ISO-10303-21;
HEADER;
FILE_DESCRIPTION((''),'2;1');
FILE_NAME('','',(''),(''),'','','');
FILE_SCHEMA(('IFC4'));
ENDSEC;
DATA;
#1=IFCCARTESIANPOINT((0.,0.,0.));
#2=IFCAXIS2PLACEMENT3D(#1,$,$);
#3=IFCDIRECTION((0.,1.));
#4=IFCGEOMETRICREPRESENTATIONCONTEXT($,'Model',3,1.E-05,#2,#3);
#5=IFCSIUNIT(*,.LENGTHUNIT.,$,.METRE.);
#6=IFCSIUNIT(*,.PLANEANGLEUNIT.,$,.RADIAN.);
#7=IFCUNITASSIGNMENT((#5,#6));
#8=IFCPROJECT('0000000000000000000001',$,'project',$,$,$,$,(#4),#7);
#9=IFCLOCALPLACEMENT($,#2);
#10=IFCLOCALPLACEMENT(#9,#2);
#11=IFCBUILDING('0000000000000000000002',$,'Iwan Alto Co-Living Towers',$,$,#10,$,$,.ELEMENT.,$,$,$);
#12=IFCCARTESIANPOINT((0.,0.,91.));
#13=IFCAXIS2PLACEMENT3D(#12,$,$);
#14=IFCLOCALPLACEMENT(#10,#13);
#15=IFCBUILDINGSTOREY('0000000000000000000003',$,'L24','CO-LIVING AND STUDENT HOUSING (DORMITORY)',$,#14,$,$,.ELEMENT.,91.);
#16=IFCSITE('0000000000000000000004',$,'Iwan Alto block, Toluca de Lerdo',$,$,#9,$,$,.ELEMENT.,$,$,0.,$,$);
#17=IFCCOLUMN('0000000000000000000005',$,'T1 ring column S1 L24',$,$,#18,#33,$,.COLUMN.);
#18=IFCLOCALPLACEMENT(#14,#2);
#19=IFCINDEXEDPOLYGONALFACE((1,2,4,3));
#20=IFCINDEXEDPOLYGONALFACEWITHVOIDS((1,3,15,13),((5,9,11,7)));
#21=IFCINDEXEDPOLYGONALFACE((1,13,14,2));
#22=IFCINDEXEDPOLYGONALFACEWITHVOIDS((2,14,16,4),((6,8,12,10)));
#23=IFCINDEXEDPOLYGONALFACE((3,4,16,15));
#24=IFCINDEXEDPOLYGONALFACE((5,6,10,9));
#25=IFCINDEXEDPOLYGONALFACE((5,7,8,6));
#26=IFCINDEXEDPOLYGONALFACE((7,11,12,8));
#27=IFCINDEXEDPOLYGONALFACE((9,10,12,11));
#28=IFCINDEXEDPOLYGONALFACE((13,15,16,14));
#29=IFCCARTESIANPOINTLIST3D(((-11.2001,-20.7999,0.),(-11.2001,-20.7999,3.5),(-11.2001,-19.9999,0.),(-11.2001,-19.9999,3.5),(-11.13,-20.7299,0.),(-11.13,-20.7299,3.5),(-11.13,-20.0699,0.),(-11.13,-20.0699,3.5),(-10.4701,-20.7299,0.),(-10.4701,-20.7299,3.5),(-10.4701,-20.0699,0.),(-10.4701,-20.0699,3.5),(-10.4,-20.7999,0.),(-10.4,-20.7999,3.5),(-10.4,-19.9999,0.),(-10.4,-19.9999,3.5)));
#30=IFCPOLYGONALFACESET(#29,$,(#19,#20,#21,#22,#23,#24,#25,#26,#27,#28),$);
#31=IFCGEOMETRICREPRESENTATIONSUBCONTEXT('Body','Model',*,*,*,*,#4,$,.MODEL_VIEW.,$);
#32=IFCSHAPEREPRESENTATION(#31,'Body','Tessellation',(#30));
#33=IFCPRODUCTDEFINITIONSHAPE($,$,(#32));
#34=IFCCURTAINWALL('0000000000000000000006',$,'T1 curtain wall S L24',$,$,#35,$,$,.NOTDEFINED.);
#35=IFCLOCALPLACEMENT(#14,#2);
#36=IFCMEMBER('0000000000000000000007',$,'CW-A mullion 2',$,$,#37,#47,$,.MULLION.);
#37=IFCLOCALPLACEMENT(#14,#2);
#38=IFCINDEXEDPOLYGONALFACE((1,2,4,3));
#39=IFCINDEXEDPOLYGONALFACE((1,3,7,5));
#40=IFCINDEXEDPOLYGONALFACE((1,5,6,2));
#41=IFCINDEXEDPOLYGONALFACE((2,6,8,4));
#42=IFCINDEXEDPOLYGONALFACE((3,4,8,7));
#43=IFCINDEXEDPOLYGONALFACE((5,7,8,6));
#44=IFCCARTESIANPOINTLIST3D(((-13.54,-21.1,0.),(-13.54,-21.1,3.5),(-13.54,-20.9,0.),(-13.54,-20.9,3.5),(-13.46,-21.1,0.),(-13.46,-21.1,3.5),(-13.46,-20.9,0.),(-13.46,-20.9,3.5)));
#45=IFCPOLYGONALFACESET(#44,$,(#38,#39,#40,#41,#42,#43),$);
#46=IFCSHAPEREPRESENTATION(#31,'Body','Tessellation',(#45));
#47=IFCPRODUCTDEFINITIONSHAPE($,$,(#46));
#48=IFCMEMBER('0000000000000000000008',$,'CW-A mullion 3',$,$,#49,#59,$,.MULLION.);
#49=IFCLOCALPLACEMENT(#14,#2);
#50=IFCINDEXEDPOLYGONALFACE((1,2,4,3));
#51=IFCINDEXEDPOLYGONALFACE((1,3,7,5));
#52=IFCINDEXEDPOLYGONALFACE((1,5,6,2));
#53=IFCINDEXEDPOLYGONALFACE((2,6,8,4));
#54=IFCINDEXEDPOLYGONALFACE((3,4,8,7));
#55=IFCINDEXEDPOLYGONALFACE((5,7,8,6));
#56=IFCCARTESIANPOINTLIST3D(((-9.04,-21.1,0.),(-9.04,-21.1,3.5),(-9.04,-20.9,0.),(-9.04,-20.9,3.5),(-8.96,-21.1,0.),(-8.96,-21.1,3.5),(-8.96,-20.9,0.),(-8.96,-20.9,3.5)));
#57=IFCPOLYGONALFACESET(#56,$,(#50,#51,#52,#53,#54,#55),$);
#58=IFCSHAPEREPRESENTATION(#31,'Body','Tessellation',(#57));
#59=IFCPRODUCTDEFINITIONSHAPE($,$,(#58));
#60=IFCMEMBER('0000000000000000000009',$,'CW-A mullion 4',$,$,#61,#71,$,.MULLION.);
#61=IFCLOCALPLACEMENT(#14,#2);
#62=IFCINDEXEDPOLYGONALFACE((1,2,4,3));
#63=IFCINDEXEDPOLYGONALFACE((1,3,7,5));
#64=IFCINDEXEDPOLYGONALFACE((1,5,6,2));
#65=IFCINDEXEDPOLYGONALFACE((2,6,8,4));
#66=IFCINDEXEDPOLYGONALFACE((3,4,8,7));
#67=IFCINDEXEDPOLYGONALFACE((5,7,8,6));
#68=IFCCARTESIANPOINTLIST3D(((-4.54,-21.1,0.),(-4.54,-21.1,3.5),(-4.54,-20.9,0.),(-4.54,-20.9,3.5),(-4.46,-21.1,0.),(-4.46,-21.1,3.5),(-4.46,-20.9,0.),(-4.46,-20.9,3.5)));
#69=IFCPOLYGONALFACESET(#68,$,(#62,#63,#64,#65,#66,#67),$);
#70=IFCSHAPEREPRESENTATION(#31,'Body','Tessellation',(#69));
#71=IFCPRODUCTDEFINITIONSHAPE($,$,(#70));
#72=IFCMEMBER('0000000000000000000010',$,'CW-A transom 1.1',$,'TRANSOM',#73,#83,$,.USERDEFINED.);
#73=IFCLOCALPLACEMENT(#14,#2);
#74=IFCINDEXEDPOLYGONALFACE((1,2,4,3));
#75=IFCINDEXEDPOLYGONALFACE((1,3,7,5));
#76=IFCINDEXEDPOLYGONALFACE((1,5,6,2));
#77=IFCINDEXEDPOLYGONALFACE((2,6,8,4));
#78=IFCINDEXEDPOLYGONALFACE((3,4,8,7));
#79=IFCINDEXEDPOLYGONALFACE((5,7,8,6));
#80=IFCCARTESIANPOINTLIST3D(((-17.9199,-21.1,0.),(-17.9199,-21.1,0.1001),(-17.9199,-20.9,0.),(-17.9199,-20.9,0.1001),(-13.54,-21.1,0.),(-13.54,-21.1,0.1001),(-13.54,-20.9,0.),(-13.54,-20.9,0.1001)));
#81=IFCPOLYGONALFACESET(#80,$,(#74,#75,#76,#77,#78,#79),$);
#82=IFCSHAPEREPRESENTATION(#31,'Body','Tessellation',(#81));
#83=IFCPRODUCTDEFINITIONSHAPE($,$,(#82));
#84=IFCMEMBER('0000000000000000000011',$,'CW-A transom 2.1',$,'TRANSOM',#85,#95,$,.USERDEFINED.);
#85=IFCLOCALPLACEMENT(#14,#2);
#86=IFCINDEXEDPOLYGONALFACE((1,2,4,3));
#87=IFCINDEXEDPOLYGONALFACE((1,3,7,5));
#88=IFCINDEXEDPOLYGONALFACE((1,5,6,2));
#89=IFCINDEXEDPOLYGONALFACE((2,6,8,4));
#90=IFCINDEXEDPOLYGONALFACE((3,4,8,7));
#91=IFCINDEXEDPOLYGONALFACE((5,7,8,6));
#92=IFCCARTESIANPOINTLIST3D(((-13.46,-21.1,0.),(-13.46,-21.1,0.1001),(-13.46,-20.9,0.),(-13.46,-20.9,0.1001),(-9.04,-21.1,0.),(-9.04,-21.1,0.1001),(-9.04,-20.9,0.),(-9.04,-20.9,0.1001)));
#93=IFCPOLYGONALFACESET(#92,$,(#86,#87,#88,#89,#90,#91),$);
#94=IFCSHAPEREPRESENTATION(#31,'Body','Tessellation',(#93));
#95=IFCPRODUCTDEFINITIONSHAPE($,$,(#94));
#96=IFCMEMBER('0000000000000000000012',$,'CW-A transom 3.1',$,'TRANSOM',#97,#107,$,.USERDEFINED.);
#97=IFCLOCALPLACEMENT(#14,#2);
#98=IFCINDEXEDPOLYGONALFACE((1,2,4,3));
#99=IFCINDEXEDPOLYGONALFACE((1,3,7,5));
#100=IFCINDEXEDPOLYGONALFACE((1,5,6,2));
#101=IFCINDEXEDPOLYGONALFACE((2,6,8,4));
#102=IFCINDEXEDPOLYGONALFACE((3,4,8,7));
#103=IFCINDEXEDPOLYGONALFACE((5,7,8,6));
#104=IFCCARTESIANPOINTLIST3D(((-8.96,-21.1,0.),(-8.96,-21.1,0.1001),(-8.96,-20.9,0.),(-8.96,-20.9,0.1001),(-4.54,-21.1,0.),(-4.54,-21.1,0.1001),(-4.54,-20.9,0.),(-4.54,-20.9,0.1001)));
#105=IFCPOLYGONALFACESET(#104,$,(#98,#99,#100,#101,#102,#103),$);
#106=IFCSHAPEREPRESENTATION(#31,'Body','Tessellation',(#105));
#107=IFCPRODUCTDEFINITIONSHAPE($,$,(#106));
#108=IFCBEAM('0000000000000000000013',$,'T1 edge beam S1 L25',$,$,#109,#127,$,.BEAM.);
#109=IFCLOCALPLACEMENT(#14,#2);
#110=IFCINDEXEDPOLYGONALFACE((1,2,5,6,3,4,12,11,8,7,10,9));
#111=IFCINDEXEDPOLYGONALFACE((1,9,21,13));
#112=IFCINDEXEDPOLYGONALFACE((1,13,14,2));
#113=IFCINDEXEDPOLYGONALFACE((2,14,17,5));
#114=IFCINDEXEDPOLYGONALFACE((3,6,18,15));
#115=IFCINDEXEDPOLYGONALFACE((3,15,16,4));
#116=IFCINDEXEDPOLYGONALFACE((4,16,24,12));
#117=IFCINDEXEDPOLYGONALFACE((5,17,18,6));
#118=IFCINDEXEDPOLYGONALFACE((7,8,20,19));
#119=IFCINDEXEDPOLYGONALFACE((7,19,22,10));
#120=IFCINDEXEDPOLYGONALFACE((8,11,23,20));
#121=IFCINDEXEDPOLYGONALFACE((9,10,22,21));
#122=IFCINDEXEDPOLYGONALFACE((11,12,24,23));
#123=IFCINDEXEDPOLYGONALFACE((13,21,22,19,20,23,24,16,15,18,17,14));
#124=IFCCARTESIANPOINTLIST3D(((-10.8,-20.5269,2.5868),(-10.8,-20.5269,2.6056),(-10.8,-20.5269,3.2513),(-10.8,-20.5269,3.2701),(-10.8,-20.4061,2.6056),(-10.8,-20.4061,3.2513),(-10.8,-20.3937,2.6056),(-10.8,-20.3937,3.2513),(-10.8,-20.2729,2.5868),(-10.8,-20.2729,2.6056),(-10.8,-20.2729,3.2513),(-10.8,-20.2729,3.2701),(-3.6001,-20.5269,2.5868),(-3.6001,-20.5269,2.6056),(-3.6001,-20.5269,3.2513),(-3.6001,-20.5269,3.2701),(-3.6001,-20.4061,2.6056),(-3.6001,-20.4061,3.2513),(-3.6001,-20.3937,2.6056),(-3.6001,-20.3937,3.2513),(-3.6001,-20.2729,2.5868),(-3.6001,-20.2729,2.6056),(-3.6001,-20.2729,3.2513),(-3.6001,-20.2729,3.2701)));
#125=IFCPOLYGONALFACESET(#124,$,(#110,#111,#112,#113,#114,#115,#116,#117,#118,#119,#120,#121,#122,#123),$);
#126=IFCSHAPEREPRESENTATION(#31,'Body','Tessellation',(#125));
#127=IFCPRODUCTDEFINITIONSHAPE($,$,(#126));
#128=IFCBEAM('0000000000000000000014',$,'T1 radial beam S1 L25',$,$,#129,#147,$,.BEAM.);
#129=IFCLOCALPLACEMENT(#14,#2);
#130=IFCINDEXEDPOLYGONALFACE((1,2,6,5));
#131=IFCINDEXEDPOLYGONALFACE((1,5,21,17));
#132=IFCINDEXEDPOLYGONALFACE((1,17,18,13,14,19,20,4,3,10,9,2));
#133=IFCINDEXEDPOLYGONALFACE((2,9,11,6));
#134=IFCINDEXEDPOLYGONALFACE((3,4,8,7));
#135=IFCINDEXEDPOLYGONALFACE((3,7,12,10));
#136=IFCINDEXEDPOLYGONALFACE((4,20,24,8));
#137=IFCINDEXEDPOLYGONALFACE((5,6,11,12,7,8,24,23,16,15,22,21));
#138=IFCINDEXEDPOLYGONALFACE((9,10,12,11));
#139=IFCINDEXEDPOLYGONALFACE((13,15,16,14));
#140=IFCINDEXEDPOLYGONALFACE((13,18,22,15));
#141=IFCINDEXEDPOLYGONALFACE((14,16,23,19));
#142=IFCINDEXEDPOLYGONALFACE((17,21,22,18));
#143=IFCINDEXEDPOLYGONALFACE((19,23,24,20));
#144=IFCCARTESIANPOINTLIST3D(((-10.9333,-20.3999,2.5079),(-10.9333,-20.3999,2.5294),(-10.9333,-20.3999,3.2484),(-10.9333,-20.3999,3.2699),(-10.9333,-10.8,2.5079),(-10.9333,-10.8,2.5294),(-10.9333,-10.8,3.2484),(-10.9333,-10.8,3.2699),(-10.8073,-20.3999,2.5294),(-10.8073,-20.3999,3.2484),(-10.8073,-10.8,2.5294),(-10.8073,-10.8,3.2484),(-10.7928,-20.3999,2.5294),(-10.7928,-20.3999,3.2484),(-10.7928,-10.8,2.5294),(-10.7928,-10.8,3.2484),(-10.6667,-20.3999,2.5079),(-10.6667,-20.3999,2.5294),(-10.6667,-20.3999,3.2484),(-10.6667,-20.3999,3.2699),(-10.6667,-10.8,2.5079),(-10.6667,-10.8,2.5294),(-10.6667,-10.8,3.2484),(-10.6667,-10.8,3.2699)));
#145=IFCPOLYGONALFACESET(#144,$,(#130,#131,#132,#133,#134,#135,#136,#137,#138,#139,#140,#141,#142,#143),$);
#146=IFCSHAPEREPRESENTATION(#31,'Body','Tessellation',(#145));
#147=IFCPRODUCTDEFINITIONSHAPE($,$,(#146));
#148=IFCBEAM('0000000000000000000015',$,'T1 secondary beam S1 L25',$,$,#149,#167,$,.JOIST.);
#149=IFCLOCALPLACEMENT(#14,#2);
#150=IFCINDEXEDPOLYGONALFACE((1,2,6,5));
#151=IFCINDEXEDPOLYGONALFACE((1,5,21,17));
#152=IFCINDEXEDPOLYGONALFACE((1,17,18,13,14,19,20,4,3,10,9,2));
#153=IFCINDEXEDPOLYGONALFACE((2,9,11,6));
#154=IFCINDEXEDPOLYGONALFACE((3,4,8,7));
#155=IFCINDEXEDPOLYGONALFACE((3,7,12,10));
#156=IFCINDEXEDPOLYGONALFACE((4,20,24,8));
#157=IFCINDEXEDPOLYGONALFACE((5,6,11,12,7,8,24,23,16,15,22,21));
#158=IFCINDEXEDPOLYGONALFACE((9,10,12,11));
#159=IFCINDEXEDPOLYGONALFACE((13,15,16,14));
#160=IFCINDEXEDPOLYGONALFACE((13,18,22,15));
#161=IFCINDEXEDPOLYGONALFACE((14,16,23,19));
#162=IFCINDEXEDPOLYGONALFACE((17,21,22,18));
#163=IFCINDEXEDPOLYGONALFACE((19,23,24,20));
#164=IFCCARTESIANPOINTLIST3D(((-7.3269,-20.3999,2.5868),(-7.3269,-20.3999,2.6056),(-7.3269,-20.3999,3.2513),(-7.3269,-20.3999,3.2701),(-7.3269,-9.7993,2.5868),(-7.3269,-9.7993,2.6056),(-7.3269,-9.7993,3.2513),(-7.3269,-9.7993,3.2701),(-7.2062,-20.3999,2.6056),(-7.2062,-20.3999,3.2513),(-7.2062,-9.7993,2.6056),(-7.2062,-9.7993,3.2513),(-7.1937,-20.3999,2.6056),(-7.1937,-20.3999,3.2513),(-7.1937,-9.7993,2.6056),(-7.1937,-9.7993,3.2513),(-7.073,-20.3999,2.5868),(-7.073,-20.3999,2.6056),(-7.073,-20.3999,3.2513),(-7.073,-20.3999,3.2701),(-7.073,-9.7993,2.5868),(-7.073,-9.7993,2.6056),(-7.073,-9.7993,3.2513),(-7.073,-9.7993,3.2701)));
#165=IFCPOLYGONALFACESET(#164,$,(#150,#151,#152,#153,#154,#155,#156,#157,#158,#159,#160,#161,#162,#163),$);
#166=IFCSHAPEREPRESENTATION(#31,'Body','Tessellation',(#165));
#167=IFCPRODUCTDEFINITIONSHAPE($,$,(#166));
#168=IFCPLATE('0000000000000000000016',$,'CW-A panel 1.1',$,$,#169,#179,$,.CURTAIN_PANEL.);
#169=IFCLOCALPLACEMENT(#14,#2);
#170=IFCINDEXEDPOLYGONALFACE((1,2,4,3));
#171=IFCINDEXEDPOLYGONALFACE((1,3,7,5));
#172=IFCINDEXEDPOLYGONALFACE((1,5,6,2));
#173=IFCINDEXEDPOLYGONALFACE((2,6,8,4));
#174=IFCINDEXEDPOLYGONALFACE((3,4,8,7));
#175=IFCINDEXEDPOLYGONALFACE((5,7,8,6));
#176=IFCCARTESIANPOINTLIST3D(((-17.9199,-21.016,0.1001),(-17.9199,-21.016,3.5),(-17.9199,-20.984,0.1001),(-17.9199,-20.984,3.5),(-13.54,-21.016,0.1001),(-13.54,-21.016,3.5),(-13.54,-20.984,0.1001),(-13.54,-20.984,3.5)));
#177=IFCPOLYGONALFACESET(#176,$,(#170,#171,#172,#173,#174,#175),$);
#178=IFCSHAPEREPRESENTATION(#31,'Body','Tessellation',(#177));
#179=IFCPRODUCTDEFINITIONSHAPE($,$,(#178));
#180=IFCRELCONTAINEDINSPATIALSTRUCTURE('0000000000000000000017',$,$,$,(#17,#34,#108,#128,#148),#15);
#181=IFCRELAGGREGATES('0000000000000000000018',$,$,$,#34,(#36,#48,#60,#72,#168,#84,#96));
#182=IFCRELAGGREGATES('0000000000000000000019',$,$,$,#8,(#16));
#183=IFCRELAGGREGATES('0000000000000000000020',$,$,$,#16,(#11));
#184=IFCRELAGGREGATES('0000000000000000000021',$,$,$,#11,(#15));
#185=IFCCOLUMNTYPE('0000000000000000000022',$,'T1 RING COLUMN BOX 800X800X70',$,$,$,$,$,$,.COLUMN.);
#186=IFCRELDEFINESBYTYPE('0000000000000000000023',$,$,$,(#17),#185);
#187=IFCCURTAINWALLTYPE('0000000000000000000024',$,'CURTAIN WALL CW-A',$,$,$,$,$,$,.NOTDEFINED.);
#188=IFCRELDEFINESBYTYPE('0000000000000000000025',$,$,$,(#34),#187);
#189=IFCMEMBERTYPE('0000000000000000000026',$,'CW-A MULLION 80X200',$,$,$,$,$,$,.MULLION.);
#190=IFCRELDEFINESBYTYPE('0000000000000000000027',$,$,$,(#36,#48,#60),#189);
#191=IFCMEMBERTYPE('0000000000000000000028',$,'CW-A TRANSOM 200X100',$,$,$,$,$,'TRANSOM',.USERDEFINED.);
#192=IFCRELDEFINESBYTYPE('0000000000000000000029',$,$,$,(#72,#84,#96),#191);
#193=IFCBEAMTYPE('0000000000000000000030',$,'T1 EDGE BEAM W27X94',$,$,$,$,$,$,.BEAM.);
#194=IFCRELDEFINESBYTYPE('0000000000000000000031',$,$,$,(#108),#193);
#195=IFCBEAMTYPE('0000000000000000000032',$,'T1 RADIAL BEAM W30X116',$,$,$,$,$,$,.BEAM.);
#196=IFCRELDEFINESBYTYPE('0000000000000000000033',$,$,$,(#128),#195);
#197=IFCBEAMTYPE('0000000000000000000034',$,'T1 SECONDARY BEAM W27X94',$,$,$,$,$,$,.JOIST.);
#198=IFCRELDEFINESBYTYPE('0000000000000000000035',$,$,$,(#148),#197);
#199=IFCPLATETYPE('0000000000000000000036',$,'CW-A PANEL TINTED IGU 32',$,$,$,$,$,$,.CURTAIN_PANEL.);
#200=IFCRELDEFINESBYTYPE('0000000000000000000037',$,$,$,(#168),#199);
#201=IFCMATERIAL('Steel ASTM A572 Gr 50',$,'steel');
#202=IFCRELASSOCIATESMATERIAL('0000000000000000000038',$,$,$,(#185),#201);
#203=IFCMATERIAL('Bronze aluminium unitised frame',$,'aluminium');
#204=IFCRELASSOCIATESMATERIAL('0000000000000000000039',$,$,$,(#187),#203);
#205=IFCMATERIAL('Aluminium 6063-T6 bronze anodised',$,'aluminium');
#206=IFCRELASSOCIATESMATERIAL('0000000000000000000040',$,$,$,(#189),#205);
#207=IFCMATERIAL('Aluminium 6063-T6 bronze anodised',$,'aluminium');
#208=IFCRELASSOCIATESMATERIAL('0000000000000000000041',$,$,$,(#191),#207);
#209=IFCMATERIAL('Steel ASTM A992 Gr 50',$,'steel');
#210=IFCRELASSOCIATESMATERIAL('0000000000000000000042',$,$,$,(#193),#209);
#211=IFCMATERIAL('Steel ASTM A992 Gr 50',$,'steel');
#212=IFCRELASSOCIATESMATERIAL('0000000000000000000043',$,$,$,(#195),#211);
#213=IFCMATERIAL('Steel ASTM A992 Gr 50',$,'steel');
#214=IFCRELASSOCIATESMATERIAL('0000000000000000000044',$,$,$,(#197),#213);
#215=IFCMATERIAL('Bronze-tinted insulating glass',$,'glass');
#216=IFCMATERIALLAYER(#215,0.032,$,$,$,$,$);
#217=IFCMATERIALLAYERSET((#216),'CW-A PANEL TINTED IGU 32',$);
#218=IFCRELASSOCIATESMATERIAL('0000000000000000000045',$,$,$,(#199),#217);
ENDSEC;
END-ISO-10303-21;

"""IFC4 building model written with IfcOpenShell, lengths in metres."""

from ifc_helpers import new_model, si_unit, direction, frame, origin, origin_2d, place, context, subcontext, project, spatial, rectangle, hollow_rectangle, i_section, extrude, material, layer, layer_set, material_profile, profile_set, type_object, element, aggregate, save


model = new_model("IFC4")

# Units and contexts
model_context = context("Model", 3, precision=1e-05, world=origin(), true_north=direction((0.0, 1.0)))
body_context = subcontext(model_context, "Body", "Model", "MODEL_VIEW")
ifc_project = project(units=[si_unit("LENGTHUNIT", "METRE"), si_unit("PLANEANGLEUNIT", "RADIAN")], contexts=[model_context])

# Site, building, storey
site_placement = place(None, origin())
site = spatial("IfcSite", under=ifc_project, at=site_placement, Name="Iwan Alto block, Toluca de Lerdo", CompositionType="ELEMENT", RefElevation=0.0)
building_placement = place(site_placement, origin())
building = spatial("IfcBuilding", under=site, at=building_placement, Name="Iwan Alto Co-Living Towers", CompositionType="ELEMENT")
storey_placement = place(building_placement, frame((0.0, 0.0, 91.0)))
storey = spatial("IfcBuildingStorey", under=building, at=storey_placement, Name="L24", Description="CO-LIVING AND STUDENT HOUSING (DORMITORY)", CompositionType="ELEMENT", Elevation=91.0)

# Column
ifc_material_1 = material(Name="Steel ASTM A572 Gr 50", Category="steel")
ifc_material_profile_1 = material_profile(ifc_material_1, hollow_rectangle(XDim=0.8, YDim=0.8, WallThickness=0.0701, at=origin_2d()), Name="BOX 800X800X70")
ifc_profile_set_1 = profile_set([ifc_material_profile_1], Name="Steel ASTM A572 Gr 50")
column_type = type_object("IfcColumnType", Name="T1 RING COLUMN BOX 800X800X70", PredefinedType="COLUMN", material=ifc_profile_set_1)
column_placement = place(storey_placement, frame((-10.8, -20.3999, 0.0), z_axis=(0.0, 0.0, 1.0), x_axis=(1.0, 0.0, 0.0)))
element("IfcColumn", 1, at=column_placement, inside=storey, type_object=column_type, Name="T1 ring column S1 L24", PredefinedType="COLUMN", context=body_context, shape_type="SweptSolid", body=[
    extrude(hollow_rectangle(XDim=0.8, YDim=0.8, WallThickness=0.0701, at=origin_2d()), origin(), (0.0, 0.0, 1.0), 3.5),
])

# Curtain wall, members
ifc_material_2 = material(Name="Bronze aluminium unitised frame", Category="aluminium")
curtain_wall_type = type_object("IfcCurtainWallType", Name="CURTAIN WALL CW-A", PredefinedType="NOTDEFINED", material=ifc_material_2)
curtain_wall_placement = place(storey_placement, origin())
curtain_wall = element("IfcCurtainWall", 2, at=curtain_wall_placement, inside=storey, type_object=curtain_wall_type, Name="T1 curtain wall S L24", PredefinedType="NOTDEFINED")
ifc_material_3 = material(Name="Aluminium 6063-T6 bronze anodised", Category="aluminium")
ifc_material_profile_2 = material_profile(ifc_material_3, rectangle(XDim=0.2, YDim=0.0801, at=origin_2d()), Name="AL 80X200")
ifc_profile_set_2 = profile_set([ifc_material_profile_2], Name="Aluminium 6063-T6 bronze anodised")
member_type_1 = type_object("IfcMemberType", Name="CW-A MULLION 80X200", PredefinedType="MULLION", material=ifc_profile_set_2)
member_1_placement = place(storey_placement, frame((-13.5, -21.0, 0.0), z_axis=(0.0, 0.0, 1.0), x_axis=(0.0, 1.0, 0.0)))
member_1 = element("IfcMember", 3, at=member_1_placement, type_object=member_type_1, Name="CW-A mullion 2", PredefinedType="MULLION", context=body_context, shape_type="SweptSolid", body=[
    extrude(rectangle(XDim=0.2, YDim=0.0801, at=origin_2d()), origin(), (0.0, 0.0, 1.0), 3.5),
])
member_2_placement = place(storey_placement, frame((-9.0, -21.0, 0.0), z_axis=(0.0, 0.0, 1.0), x_axis=(0.0, 1.0, 0.0)))
member_2 = element("IfcMember", 4, at=member_2_placement, type_object=member_type_1, Name="CW-A mullion 3", PredefinedType="MULLION", context=body_context, shape_type="SweptSolid", body=[
    extrude(rectangle(XDim=0.2, YDim=0.0801, at=origin_2d()), origin(), (0.0, 0.0, 1.0), 3.5),
])
member_3_placement = place(storey_placement, frame((-4.5, -21.0, 0.0), z_axis=(0.0, 0.0, 1.0), x_axis=(0.0, 1.0, 0.0)))
member_3 = element("IfcMember", 5, at=member_3_placement, type_object=member_type_1, Name="CW-A mullion 4", PredefinedType="MULLION", context=body_context, shape_type="SweptSolid", body=[
    extrude(rectangle(XDim=0.2, YDim=0.0801, at=origin_2d()), origin(), (0.0, 0.0, 1.0), 3.5),
])
ifc_material_4 = material(Name="Aluminium 6063-T6 bronze anodised", Category="aluminium")
ifc_material_profile_3 = material_profile(ifc_material_4, rectangle(XDim=0.2, YDim=0.1001, at=origin_2d()), Name="AL 200X100")
ifc_profile_set_3 = profile_set([ifc_material_profile_3], Name="Aluminium 6063-T6 bronze anodised")
member_type_2 = type_object("IfcMemberType", Name="CW-A TRANSOM 200X100", ElementType="TRANSOM", PredefinedType="USERDEFINED", material=ifc_profile_set_3)
member_4_placement = place(storey_placement, frame((-17.9199, -21.0, 0.05), z_axis=(1.0, 0.0, 0.0), x_axis=(0.0, 1.0, 0.0)))
member_4 = element("IfcMember", 6, at=member_4_placement, type_object=member_type_2, Name="CW-A transom 1.1", ObjectType="TRANSOM", PredefinedType="USERDEFINED", context=body_context, shape_type="SweptSolid", body=[
    extrude(rectangle(XDim=0.2, YDim=0.1001, at=origin_2d()), origin(), (0.0, 0.0, 1.0), 4.3799),
])
member_5_placement = place(storey_placement, frame((-13.46, -21.0, 0.05), z_axis=(1.0, 0.0, 0.0), x_axis=(0.0, 1.0, 0.0)))
member_5 = element("IfcMember", 7, at=member_5_placement, type_object=member_type_2, Name="CW-A transom 2.1", ObjectType="TRANSOM", PredefinedType="USERDEFINED", context=body_context, shape_type="SweptSolid", body=[
    extrude(rectangle(XDim=0.2, YDim=0.1001, at=origin_2d()), origin(), (0.0, 0.0, 1.0), 4.4199),
])
member_6_placement = place(storey_placement, frame((-8.96, -21.0, 0.05), z_axis=(1.0, 0.0, 0.0), x_axis=(0.0, 1.0, 0.0)))
member_6 = element("IfcMember", 8, at=member_6_placement, type_object=member_type_2, Name="CW-A transom 3.1", ObjectType="TRANSOM", PredefinedType="USERDEFINED", context=body_context, shape_type="SweptSolid", body=[
    extrude(rectangle(XDim=0.2, YDim=0.1001, at=origin_2d()), origin(), (0.0, 0.0, 1.0), 4.4199),
])

# Beams
ifc_material_5 = material(Name="Steel ASTM A992 Gr 50", Category="steel")
ifc_material_profile_4 = material_profile(ifc_material_5, i_section(OverallWidth=0.2539, OverallDepth=0.6833, WebThickness=0.0125, FlangeThickness=0.0188, at=origin_2d()), Name="W27X94")
ifc_profile_set_4 = profile_set([ifc_material_profile_4], Name="Steel ASTM A992 Gr 50")
beam_type_1 = type_object("IfcBeamType", Name="T1 EDGE BEAM W27X94", PredefinedType="BEAM", material=ifc_profile_set_4)
beam_1_placement = place(storey_placement, frame((-10.8, -20.3999, 2.9285), z_axis=(1.0, 0.0, 0.0), x_axis=(0.0, 1.0, 0.0)))
element("IfcBeam", 9, at=beam_1_placement, inside=storey, type_object=beam_type_1, Name="T1 edge beam S1 L25", PredefinedType="BEAM", context=body_context, shape_type="SweptSolid", body=[
    extrude(i_section(OverallWidth=0.2539, OverallDepth=0.6833, WebThickness=0.0125, FlangeThickness=0.0188, at=origin_2d()), origin(), (0.0, 0.0, 1.0), 7.2),
])
ifc_material_6 = material(Name="Steel ASTM A992 Gr 50", Category="steel")
ifc_material_profile_5 = material_profile(ifc_material_6, i_section(OverallWidth=0.2666, OverallDepth=0.762, WebThickness=0.0144, FlangeThickness=0.0215, at=origin_2d()), Name="W30X116")
ifc_profile_set_5 = profile_set([ifc_material_profile_5], Name="Steel ASTM A992 Gr 50")
beam_type_2 = type_object("IfcBeamType", Name="T1 RADIAL BEAM W30X116", PredefinedType="BEAM", material=ifc_profile_set_5)
beam_2_placement = place(storey_placement, frame((-10.8, -20.3999, 2.8889), z_axis=(0.0, 1.0, 0.0), x_axis=(-1.0, 0.0, 0.0)))
element("IfcBeam", 10, at=beam_2_placement, inside=storey, type_object=beam_type_2, Name="T1 radial beam S1 L25", PredefinedType="BEAM", context=body_context, shape_type="SweptSolid", body=[
    extrude(i_section(OverallWidth=0.2666, OverallDepth=0.762, WebThickness=0.0144, FlangeThickness=0.0215, at=origin_2d()), origin(), (0.0, 0.0, 1.0), 9.5999),
])
ifc_material_7 = material(Name="Steel ASTM A992 Gr 50", Category="steel")
ifc_material_profile_6 = material_profile(ifc_material_7, i_section(OverallWidth=0.2539, OverallDepth=0.6833, WebThickness=0.0125, FlangeThickness=0.0188, at=origin_2d()), Name="W27X94")
ifc_profile_set_6 = profile_set([ifc_material_profile_6], Name="Steel ASTM A992 Gr 50")
beam_type_3 = type_object("IfcBeamType", Name="T1 SECONDARY BEAM W27X94", PredefinedType="JOIST", material=ifc_profile_set_6)
beam_3_placement = place(storey_placement, frame((-7.2, -20.3999, 2.9285), z_axis=(0.0, 1.0, 0.0), x_axis=(-1.0, 0.0, 0.0)))
element("IfcBeam", 11, at=beam_3_placement, inside=storey, type_object=beam_type_3, Name="T1 secondary beam S1 L25", PredefinedType="JOIST", context=body_context, shape_type="SweptSolid", body=[
    extrude(i_section(OverallWidth=0.2539, OverallDepth=0.6833, WebThickness=0.0125, FlangeThickness=0.0188, at=origin_2d()), origin(), (0.0, 0.0, 1.0), 10.6006),
])

# Plate
ifc_material_8 = material(Name="Bronze-tinted insulating glass", Category="glass")
ifc_layer_1 = layer(ifc_material_8, 0.032)
ifc_layer_set_1 = layer_set([ifc_layer_1], Name="CW-A PANEL TINTED IGU 32")
plate_type = type_object("IfcPlateType", Name="CW-A PANEL TINTED IGU 32", PredefinedType="CURTAIN_PANEL", material=ifc_layer_set_1)
plate_1_placement = place(storey_placement, frame((-15.73, -21.0, 0.1001), z_axis=(0.0, 0.0, 1.0), x_axis=(1.0, 0.0, 0.0)))
plate_1 = element("IfcPlate", 12, at=plate_1_placement, type_object=plate_type, Name="CW-A panel 1.1", PredefinedType="CURTAIN_PANEL", context=body_context, shape_type="SweptSolid", body=[
    extrude(rectangle(XDim=4.3799, YDim=0.032, at=origin_2d()), origin(), (0.0, 0.0, 1.0), 3.3999),
])
aggregate(curtain_wall, [member_1, member_2, member_3, member_4, plate_1, member_5, member_6])

save(model, "model.ifc")
